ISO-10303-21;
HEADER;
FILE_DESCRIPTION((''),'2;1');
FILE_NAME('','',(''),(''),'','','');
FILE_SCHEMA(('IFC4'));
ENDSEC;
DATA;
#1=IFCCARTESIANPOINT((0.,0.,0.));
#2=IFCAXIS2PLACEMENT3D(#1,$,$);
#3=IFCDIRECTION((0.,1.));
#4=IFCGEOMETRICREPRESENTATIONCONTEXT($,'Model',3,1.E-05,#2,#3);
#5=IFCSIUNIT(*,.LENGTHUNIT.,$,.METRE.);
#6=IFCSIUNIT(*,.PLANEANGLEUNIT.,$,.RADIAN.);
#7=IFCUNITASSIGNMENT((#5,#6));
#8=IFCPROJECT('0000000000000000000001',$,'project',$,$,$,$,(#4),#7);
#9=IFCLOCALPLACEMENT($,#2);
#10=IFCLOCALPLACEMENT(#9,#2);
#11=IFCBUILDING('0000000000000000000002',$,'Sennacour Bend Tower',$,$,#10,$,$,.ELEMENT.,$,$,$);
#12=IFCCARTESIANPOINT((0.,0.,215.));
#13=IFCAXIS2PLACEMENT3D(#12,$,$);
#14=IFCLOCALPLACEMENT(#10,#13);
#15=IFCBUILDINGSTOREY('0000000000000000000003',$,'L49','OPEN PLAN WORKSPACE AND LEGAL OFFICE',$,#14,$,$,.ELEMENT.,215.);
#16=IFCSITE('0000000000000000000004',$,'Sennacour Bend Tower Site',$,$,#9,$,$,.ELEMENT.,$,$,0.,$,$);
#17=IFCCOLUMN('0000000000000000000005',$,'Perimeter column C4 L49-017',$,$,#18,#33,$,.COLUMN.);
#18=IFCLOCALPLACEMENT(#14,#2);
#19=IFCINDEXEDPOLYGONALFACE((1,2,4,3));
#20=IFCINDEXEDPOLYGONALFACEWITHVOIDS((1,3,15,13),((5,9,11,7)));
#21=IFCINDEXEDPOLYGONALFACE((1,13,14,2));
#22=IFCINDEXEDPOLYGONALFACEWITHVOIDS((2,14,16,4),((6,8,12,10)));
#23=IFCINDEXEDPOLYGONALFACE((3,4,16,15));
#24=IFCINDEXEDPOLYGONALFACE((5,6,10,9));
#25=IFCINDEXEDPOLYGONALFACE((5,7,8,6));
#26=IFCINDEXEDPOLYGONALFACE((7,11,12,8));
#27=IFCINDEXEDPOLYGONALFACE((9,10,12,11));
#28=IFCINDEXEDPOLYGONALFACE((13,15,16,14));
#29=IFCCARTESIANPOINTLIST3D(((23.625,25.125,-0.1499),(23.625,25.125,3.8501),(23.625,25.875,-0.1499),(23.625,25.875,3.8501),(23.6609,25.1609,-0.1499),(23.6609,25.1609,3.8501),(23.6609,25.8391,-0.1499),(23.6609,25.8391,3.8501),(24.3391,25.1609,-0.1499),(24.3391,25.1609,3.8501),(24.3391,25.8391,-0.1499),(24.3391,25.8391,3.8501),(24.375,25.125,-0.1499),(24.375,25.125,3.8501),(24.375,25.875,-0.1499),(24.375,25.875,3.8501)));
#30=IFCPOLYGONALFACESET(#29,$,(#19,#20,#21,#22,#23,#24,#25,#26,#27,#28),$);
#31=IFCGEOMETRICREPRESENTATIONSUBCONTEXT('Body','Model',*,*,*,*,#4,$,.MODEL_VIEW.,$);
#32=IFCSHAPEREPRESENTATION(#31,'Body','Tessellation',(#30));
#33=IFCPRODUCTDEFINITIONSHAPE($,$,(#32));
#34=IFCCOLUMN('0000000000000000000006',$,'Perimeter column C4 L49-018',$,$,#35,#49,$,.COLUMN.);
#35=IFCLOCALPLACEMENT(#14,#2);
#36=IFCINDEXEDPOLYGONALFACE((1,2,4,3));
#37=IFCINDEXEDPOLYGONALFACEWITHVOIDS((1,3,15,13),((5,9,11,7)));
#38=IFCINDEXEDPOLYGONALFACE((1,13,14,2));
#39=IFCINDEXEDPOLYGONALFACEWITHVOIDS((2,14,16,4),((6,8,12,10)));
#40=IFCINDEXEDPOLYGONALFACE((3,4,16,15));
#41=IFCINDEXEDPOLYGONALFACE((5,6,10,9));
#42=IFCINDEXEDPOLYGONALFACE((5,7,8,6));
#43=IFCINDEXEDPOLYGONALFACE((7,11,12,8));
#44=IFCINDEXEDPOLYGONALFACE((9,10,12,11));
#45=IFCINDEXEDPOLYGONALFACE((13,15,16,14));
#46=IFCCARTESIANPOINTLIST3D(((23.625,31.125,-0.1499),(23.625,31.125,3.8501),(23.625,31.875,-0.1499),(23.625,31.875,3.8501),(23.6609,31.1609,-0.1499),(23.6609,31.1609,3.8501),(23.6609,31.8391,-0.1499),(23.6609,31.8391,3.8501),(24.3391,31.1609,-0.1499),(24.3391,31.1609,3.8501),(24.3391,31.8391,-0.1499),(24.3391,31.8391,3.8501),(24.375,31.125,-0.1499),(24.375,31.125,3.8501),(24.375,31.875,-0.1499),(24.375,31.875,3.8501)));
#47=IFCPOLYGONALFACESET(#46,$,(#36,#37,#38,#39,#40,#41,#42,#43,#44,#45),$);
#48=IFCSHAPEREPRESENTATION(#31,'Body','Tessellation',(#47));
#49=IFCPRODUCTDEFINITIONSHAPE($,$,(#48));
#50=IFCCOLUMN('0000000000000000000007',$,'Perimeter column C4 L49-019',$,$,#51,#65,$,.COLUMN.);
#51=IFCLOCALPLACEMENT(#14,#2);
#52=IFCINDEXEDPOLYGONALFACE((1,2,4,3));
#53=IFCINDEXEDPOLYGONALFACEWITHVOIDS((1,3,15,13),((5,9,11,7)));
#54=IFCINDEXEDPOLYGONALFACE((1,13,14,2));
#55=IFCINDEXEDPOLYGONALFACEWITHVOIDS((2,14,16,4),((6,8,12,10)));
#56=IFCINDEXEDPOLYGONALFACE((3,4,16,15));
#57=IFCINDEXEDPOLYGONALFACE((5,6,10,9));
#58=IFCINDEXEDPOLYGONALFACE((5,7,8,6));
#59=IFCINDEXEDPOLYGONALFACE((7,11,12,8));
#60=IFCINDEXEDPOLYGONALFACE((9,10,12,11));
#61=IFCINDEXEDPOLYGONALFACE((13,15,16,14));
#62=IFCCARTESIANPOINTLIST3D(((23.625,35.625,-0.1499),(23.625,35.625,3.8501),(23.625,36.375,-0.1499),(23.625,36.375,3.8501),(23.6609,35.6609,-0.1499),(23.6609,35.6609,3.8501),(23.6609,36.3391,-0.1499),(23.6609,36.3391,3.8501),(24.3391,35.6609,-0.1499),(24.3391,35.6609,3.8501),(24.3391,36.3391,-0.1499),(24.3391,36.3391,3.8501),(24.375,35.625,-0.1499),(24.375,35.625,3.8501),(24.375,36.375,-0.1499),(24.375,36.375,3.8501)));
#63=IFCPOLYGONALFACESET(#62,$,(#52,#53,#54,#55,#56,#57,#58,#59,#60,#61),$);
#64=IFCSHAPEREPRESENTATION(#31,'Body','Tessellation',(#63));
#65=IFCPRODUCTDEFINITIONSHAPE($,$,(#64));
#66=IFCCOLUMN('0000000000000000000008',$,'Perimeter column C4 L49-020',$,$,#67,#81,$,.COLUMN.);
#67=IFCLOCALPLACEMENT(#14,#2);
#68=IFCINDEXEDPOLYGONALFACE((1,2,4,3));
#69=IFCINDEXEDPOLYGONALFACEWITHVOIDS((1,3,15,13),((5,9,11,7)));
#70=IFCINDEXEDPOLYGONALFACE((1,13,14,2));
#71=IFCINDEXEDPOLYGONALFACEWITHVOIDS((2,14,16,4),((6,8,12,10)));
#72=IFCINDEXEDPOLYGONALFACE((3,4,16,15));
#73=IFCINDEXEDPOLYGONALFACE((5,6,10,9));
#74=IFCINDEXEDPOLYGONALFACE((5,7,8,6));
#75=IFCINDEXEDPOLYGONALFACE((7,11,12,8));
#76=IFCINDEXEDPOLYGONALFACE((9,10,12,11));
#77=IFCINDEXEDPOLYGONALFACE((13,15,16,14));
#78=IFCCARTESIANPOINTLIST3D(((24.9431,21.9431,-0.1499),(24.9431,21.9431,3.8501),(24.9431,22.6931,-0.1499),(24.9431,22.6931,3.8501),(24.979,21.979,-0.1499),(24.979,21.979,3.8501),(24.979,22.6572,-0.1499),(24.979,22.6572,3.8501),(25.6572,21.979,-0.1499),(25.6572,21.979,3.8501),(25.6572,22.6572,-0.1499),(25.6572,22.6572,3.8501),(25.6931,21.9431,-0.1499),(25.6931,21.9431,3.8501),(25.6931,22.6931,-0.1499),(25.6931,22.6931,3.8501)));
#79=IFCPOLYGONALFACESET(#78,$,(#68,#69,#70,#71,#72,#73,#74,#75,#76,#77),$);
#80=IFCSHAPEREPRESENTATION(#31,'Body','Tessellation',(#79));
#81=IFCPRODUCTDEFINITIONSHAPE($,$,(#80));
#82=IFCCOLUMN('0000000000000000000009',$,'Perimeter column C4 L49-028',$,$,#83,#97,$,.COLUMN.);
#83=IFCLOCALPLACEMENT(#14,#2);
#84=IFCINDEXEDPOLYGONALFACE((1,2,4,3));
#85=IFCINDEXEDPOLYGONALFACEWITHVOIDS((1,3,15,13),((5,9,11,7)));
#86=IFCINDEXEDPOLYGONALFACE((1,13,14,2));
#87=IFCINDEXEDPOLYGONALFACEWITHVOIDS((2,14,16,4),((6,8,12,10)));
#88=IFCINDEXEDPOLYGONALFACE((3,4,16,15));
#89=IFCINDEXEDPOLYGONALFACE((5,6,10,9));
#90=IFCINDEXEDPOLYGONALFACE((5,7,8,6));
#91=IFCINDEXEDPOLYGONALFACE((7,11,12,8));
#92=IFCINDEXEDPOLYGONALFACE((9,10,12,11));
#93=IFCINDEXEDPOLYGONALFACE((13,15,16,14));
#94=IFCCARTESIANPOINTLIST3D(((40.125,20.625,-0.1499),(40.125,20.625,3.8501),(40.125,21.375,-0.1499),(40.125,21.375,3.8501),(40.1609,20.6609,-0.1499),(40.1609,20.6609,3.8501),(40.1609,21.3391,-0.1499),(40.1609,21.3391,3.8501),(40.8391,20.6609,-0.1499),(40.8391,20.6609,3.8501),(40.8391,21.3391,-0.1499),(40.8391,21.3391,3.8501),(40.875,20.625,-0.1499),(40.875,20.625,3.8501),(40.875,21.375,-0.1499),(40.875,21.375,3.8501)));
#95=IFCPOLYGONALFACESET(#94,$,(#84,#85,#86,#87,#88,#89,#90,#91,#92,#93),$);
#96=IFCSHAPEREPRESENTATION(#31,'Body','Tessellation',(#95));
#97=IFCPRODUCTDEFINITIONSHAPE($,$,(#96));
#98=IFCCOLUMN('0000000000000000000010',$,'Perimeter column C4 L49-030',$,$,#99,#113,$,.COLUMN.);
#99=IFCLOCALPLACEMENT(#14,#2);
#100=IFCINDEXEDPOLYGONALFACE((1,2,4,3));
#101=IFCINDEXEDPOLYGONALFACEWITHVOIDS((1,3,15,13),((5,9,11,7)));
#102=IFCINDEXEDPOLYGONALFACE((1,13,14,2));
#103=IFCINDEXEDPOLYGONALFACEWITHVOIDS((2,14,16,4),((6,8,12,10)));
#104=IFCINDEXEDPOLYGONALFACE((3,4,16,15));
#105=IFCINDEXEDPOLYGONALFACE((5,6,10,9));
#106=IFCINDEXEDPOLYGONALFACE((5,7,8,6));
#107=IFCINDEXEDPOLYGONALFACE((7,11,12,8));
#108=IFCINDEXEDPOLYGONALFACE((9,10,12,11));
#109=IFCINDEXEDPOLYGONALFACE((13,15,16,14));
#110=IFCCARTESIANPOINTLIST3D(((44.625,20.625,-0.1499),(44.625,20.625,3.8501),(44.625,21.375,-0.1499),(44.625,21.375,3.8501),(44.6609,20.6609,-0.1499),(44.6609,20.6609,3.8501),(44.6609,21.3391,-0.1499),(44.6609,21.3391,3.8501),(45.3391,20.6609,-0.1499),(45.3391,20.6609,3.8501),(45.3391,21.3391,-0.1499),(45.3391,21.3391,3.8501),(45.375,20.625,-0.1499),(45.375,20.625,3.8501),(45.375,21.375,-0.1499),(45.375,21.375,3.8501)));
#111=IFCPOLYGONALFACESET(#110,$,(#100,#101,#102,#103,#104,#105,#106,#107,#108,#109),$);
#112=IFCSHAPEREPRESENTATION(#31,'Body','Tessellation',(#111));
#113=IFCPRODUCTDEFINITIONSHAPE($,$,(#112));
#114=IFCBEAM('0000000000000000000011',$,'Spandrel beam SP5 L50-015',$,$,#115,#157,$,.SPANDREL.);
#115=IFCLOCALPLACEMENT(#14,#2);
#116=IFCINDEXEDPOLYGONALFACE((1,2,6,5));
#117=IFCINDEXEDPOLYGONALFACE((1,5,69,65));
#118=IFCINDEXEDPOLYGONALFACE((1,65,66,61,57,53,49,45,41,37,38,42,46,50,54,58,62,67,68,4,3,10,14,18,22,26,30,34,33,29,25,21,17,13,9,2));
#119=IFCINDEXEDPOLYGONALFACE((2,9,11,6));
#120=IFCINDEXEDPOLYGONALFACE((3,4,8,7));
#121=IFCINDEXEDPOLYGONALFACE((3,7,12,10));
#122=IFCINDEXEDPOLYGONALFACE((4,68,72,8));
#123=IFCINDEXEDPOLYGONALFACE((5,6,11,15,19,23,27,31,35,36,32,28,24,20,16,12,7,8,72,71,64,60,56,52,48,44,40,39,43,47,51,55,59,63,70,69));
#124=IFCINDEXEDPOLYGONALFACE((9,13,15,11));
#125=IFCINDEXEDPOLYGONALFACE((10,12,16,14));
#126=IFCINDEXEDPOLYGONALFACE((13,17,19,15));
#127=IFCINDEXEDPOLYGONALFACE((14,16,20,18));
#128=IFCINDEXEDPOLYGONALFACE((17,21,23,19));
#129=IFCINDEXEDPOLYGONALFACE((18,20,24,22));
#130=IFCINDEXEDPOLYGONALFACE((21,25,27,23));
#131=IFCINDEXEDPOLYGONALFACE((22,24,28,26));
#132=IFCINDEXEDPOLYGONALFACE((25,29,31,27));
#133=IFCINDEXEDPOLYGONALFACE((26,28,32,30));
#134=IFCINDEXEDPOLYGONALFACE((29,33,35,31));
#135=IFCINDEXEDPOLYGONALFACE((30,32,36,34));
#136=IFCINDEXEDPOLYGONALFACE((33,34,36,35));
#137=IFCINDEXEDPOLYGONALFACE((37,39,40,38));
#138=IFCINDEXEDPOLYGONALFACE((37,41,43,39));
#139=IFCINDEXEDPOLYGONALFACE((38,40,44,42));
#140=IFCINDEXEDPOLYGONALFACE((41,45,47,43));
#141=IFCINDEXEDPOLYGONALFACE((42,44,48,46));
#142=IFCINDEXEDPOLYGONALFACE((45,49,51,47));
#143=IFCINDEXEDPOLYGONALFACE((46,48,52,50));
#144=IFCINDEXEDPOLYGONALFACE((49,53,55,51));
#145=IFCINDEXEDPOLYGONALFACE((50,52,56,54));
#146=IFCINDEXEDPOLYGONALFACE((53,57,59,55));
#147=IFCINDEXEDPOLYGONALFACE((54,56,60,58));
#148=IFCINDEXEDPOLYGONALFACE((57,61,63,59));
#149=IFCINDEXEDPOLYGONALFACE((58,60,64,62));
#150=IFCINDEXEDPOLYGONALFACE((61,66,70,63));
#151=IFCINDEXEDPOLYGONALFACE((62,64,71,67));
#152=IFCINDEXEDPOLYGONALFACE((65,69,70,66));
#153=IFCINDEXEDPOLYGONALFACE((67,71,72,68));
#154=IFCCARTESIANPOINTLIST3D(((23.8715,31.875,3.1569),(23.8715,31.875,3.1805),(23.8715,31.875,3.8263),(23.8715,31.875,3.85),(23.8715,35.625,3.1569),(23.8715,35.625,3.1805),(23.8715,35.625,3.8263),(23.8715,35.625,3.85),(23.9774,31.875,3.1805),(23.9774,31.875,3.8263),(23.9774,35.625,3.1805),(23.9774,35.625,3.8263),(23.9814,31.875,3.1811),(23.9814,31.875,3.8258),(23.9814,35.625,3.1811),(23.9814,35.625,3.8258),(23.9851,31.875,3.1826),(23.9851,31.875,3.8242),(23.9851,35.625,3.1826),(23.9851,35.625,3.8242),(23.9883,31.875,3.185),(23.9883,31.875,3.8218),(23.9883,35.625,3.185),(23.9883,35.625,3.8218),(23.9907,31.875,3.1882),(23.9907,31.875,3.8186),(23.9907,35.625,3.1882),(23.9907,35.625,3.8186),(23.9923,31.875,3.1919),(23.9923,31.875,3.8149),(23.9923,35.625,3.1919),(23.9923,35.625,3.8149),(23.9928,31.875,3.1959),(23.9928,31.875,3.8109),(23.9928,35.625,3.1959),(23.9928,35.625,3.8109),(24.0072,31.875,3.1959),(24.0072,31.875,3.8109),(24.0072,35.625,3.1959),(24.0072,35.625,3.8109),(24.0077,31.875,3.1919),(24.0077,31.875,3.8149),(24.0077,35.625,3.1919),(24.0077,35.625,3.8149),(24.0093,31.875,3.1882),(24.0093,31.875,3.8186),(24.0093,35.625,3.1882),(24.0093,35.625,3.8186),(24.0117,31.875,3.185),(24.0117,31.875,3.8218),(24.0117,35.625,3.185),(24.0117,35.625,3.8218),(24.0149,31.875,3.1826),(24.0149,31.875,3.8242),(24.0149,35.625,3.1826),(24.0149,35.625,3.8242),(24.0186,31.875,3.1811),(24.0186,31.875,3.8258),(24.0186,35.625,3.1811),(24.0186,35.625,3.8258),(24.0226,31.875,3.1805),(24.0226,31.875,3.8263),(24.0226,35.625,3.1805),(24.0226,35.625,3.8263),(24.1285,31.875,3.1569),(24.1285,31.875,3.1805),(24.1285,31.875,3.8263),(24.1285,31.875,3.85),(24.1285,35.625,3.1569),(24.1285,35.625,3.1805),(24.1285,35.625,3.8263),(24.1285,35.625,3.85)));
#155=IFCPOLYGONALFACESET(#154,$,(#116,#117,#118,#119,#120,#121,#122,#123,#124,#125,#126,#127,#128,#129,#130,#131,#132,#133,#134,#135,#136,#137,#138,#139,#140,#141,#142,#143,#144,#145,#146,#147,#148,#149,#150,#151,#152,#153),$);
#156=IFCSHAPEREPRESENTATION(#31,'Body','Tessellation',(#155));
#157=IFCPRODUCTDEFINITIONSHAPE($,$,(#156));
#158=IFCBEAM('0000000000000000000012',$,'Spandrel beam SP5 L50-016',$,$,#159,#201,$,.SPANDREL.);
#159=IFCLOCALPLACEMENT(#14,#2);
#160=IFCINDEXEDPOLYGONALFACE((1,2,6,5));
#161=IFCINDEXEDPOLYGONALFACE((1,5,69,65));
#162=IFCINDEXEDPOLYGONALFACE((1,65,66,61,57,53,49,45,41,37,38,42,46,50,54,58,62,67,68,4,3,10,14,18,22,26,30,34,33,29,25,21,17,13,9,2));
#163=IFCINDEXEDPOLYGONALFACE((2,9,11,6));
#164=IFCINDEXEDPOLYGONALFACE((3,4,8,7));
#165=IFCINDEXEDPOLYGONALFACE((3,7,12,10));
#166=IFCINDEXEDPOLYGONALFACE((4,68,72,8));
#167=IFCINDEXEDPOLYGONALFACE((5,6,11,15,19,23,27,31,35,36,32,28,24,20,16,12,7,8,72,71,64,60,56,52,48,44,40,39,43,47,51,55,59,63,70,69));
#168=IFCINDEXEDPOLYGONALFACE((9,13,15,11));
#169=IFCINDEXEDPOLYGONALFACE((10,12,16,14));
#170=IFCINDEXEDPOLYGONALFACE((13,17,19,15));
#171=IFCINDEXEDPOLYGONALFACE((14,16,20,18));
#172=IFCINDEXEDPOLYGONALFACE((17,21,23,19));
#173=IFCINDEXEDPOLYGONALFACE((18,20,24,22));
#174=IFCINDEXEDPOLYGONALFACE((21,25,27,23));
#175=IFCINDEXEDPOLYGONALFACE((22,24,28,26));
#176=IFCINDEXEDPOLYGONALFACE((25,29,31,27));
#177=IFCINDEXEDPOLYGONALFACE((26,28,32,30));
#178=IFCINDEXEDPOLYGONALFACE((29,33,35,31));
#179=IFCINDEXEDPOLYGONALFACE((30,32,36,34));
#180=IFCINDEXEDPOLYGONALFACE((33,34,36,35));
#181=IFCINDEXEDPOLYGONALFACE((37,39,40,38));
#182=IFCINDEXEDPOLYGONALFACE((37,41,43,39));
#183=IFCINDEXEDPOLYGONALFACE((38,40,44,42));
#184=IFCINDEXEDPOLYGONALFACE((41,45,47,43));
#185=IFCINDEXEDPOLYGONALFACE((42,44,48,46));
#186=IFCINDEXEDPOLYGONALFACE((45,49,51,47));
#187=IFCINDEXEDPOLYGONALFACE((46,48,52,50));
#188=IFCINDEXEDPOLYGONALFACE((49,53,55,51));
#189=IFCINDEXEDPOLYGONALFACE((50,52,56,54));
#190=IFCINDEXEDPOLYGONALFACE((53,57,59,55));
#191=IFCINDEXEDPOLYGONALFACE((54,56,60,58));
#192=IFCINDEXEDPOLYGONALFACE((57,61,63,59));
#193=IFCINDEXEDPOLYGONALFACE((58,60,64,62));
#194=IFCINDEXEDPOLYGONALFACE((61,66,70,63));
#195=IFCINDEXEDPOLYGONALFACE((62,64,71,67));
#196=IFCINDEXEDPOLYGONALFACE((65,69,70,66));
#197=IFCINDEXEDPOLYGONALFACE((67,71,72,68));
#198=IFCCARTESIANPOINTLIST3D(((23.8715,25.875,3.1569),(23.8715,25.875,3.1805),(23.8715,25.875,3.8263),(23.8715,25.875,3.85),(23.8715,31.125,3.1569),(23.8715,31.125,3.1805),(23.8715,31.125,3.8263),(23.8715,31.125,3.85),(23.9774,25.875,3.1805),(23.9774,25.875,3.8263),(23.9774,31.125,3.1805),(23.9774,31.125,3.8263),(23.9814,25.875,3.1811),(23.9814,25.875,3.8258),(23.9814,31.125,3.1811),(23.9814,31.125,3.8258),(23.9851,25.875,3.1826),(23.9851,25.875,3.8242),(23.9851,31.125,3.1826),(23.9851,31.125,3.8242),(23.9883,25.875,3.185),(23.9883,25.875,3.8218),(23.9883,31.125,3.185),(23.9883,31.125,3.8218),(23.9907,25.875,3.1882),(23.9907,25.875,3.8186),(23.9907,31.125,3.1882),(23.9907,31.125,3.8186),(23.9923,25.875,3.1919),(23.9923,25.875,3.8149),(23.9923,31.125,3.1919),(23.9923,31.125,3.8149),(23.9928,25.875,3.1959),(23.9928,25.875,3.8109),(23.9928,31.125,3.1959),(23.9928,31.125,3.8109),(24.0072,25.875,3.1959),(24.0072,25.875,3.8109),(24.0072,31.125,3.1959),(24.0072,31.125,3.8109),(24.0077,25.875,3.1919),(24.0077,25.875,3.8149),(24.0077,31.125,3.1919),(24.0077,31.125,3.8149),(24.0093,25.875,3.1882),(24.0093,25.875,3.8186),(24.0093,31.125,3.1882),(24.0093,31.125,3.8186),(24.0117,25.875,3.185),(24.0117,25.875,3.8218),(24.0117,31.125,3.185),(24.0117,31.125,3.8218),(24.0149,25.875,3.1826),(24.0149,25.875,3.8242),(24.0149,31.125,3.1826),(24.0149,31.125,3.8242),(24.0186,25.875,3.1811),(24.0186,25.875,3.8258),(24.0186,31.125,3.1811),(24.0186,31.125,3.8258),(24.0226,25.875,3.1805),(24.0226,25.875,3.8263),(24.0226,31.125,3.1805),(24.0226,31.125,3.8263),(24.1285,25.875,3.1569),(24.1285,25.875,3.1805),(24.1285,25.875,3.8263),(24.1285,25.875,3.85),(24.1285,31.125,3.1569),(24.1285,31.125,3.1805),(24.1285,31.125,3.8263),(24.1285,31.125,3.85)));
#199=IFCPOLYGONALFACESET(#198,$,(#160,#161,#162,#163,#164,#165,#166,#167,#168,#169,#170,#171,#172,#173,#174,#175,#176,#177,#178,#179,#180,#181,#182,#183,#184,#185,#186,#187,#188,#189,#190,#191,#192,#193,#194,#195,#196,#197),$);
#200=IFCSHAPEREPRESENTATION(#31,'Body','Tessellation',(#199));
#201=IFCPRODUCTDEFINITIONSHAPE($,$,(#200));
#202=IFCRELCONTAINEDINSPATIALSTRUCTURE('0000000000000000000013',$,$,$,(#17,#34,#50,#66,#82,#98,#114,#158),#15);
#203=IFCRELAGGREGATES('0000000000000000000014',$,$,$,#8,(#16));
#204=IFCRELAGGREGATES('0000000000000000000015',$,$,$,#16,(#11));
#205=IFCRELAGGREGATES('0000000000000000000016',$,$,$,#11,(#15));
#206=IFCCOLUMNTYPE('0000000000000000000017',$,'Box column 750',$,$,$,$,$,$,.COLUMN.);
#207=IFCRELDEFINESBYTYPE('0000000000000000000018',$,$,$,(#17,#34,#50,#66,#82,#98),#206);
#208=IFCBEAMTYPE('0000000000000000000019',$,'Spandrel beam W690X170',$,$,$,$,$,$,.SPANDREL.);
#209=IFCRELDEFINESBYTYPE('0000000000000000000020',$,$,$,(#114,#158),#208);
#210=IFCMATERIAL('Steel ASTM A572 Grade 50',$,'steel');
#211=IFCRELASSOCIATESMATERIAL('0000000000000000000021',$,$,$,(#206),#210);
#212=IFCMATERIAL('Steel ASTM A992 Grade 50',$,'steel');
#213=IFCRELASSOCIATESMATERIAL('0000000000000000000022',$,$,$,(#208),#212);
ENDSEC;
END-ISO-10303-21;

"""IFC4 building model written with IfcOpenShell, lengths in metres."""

from ifc_helpers import new_model, si_unit, direction, frame, origin, origin_2d, place, context, subcontext, project, spatial, hollow_rectangle, i_section, extrude, material, material_profile, profile_set, type_object, element, save


model = new_model("IFC4")

# Units and contexts
model_context = context("Model", 3, precision=1e-05, world=origin(), true_north=direction((0.0, 1.0)))
body_context = subcontext(model_context, "Body", "Model", "MODEL_VIEW")
ifc_project = project(units=[si_unit("LENGTHUNIT", "METRE"), si_unit("PLANEANGLEUNIT", "RADIAN")], contexts=[model_context])

# Site, building, storey
site_placement = place(None, origin())
site = spatial("IfcSite", under=ifc_project, at=site_placement, Name="Sennacour Bend Tower Site", CompositionType="ELEMENT", RefElevation=0.0)
building_placement = place(site_placement, origin())
building = spatial("IfcBuilding", under=site, at=building_placement, Name="Sennacour Bend Tower", CompositionType="ELEMENT")
storey_placement = place(building_placement, frame((0.0, 0.0, 215.0)))
storey = spatial("IfcBuildingStorey", under=building, at=storey_placement, Name="L49", Description="OPEN PLAN WORKSPACE AND LEGAL OFFICE", CompositionType="ELEMENT", Elevation=215.0)

# Columns
ifc_material_1 = material(Name="Steel ASTM A572 Grade 50", Category="steel")
ifc_material_profile_1 = material_profile(ifc_material_1, hollow_rectangle(XDim=0.75, YDim=0.75, WallThickness=0.0359, at=origin_2d()), Name="Steel ASTM A572 Grade 50", Category="steel")
ifc_profile_set_1 = profile_set([ifc_material_profile_1], Name="Steel ASTM A572 Grade 50")
column_type = type_object("IfcColumnType", Name="Box column 750", PredefinedType="COLUMN", material=ifc_profile_set_1)
for number, where, z_axis, x_axis, name in (
    (1, (24.0, 25.5, -0.1499), (0.0, 0.0, 1.0), (1.0, 0.0, 0.0), "Perimeter column C4 L49-017"),
    (2, (24.0, 31.5, -0.1499), (0.0, 0.0, 1.0), (1.0, 0.0, 0.0), "Perimeter column C4 L49-018"),
    (3, (24.0, 36.0, -0.1499), (0.0, 0.0, 1.0), (1.0, 0.0, 0.0), "Perimeter column C4 L49-019"),
    (4, (25.3181, 22.3181, -0.1499), (0.0, 0.0, 1.0), (1.0, 0.0, 0.0), "Perimeter column C4 L49-020"),
    (5, (40.5, 21.0, -0.1499), (0.0, 0.0, 1.0), (1.0, 0.0, 0.0), "Perimeter column C4 L49-028"),
    (6, (45.0, 21.0, -0.1499), (0.0, 0.0, 1.0), (1.0, 0.0, 0.0), "Perimeter column C4 L49-030"),
):
    element("IfcColumn", number, at=place(storey_placement, frame(where, z_axis=z_axis, x_axis=x_axis)), inside=storey, type_object=column_type, Name=name, PredefinedType="COLUMN", context=body_context, shape_type="SweptSolid", body=[
        extrude(hollow_rectangle(XDim=0.75, YDim=0.75, WallThickness=0.0359, at=origin_2d()), origin(), (0.0, 0.0, 1.0), 4.0),
    ])

# Beams
ifc_material_2 = material(Name="Steel ASTM A992 Grade 50", Category="steel")
ifc_material_profile_2 = material_profile(ifc_material_2, i_section(OverallWidth=0.2571, OverallDepth=0.6931, WebThickness=0.0144, FlangeThickness=0.0237, FilletRadius=0.0154, at=origin_2d()), Name="Steel ASTM A992 Grade 50", Category="steel")
ifc_profile_set_2 = profile_set([ifc_material_profile_2], Name="Steel ASTM A992 Grade 50")
beam_type = type_object("IfcBeamType", Name="Spandrel beam W690X170", PredefinedType="SPANDREL", material=ifc_profile_set_2)
beam_1_placement = place(storey_placement, frame((24.0, 35.625, 3.5034), z_axis=(0.0, -1.0, 0.0), x_axis=(1.0, 0.0, 0.0)))
element("IfcBeam", 7, at=beam_1_placement, inside=storey, type_object=beam_type, Name="Spandrel beam SP5 L50-015", PredefinedType="SPANDREL", context=body_context, shape_type="SweptSolid", body=[
    extrude(i_section(OverallWidth=0.2571, OverallDepth=0.6931, WebThickness=0.0144, FlangeThickness=0.0237, FilletRadius=0.0154, at=origin_2d()), origin(), (0.0, 0.0, 1.0), 3.75),
])
beam_2_placement = place(storey_placement, frame((24.0, 31.125, 3.5034), z_axis=(0.0, -1.0, 0.0), x_axis=(1.0, 0.0, 0.0)))
element("IfcBeam", 8, at=beam_2_placement, inside=storey, type_object=beam_type, Name="Spandrel beam SP5 L50-016", PredefinedType="SPANDREL", context=body_context, shape_type="SweptSolid", body=[
    extrude(i_section(OverallWidth=0.2571, OverallDepth=0.6931, WebThickness=0.0144, FlangeThickness=0.0237, FilletRadius=0.0154, at=origin_2d()), origin(), (0.0, 0.0, 1.0), 5.25),
])

save(model, "model.ifc")
